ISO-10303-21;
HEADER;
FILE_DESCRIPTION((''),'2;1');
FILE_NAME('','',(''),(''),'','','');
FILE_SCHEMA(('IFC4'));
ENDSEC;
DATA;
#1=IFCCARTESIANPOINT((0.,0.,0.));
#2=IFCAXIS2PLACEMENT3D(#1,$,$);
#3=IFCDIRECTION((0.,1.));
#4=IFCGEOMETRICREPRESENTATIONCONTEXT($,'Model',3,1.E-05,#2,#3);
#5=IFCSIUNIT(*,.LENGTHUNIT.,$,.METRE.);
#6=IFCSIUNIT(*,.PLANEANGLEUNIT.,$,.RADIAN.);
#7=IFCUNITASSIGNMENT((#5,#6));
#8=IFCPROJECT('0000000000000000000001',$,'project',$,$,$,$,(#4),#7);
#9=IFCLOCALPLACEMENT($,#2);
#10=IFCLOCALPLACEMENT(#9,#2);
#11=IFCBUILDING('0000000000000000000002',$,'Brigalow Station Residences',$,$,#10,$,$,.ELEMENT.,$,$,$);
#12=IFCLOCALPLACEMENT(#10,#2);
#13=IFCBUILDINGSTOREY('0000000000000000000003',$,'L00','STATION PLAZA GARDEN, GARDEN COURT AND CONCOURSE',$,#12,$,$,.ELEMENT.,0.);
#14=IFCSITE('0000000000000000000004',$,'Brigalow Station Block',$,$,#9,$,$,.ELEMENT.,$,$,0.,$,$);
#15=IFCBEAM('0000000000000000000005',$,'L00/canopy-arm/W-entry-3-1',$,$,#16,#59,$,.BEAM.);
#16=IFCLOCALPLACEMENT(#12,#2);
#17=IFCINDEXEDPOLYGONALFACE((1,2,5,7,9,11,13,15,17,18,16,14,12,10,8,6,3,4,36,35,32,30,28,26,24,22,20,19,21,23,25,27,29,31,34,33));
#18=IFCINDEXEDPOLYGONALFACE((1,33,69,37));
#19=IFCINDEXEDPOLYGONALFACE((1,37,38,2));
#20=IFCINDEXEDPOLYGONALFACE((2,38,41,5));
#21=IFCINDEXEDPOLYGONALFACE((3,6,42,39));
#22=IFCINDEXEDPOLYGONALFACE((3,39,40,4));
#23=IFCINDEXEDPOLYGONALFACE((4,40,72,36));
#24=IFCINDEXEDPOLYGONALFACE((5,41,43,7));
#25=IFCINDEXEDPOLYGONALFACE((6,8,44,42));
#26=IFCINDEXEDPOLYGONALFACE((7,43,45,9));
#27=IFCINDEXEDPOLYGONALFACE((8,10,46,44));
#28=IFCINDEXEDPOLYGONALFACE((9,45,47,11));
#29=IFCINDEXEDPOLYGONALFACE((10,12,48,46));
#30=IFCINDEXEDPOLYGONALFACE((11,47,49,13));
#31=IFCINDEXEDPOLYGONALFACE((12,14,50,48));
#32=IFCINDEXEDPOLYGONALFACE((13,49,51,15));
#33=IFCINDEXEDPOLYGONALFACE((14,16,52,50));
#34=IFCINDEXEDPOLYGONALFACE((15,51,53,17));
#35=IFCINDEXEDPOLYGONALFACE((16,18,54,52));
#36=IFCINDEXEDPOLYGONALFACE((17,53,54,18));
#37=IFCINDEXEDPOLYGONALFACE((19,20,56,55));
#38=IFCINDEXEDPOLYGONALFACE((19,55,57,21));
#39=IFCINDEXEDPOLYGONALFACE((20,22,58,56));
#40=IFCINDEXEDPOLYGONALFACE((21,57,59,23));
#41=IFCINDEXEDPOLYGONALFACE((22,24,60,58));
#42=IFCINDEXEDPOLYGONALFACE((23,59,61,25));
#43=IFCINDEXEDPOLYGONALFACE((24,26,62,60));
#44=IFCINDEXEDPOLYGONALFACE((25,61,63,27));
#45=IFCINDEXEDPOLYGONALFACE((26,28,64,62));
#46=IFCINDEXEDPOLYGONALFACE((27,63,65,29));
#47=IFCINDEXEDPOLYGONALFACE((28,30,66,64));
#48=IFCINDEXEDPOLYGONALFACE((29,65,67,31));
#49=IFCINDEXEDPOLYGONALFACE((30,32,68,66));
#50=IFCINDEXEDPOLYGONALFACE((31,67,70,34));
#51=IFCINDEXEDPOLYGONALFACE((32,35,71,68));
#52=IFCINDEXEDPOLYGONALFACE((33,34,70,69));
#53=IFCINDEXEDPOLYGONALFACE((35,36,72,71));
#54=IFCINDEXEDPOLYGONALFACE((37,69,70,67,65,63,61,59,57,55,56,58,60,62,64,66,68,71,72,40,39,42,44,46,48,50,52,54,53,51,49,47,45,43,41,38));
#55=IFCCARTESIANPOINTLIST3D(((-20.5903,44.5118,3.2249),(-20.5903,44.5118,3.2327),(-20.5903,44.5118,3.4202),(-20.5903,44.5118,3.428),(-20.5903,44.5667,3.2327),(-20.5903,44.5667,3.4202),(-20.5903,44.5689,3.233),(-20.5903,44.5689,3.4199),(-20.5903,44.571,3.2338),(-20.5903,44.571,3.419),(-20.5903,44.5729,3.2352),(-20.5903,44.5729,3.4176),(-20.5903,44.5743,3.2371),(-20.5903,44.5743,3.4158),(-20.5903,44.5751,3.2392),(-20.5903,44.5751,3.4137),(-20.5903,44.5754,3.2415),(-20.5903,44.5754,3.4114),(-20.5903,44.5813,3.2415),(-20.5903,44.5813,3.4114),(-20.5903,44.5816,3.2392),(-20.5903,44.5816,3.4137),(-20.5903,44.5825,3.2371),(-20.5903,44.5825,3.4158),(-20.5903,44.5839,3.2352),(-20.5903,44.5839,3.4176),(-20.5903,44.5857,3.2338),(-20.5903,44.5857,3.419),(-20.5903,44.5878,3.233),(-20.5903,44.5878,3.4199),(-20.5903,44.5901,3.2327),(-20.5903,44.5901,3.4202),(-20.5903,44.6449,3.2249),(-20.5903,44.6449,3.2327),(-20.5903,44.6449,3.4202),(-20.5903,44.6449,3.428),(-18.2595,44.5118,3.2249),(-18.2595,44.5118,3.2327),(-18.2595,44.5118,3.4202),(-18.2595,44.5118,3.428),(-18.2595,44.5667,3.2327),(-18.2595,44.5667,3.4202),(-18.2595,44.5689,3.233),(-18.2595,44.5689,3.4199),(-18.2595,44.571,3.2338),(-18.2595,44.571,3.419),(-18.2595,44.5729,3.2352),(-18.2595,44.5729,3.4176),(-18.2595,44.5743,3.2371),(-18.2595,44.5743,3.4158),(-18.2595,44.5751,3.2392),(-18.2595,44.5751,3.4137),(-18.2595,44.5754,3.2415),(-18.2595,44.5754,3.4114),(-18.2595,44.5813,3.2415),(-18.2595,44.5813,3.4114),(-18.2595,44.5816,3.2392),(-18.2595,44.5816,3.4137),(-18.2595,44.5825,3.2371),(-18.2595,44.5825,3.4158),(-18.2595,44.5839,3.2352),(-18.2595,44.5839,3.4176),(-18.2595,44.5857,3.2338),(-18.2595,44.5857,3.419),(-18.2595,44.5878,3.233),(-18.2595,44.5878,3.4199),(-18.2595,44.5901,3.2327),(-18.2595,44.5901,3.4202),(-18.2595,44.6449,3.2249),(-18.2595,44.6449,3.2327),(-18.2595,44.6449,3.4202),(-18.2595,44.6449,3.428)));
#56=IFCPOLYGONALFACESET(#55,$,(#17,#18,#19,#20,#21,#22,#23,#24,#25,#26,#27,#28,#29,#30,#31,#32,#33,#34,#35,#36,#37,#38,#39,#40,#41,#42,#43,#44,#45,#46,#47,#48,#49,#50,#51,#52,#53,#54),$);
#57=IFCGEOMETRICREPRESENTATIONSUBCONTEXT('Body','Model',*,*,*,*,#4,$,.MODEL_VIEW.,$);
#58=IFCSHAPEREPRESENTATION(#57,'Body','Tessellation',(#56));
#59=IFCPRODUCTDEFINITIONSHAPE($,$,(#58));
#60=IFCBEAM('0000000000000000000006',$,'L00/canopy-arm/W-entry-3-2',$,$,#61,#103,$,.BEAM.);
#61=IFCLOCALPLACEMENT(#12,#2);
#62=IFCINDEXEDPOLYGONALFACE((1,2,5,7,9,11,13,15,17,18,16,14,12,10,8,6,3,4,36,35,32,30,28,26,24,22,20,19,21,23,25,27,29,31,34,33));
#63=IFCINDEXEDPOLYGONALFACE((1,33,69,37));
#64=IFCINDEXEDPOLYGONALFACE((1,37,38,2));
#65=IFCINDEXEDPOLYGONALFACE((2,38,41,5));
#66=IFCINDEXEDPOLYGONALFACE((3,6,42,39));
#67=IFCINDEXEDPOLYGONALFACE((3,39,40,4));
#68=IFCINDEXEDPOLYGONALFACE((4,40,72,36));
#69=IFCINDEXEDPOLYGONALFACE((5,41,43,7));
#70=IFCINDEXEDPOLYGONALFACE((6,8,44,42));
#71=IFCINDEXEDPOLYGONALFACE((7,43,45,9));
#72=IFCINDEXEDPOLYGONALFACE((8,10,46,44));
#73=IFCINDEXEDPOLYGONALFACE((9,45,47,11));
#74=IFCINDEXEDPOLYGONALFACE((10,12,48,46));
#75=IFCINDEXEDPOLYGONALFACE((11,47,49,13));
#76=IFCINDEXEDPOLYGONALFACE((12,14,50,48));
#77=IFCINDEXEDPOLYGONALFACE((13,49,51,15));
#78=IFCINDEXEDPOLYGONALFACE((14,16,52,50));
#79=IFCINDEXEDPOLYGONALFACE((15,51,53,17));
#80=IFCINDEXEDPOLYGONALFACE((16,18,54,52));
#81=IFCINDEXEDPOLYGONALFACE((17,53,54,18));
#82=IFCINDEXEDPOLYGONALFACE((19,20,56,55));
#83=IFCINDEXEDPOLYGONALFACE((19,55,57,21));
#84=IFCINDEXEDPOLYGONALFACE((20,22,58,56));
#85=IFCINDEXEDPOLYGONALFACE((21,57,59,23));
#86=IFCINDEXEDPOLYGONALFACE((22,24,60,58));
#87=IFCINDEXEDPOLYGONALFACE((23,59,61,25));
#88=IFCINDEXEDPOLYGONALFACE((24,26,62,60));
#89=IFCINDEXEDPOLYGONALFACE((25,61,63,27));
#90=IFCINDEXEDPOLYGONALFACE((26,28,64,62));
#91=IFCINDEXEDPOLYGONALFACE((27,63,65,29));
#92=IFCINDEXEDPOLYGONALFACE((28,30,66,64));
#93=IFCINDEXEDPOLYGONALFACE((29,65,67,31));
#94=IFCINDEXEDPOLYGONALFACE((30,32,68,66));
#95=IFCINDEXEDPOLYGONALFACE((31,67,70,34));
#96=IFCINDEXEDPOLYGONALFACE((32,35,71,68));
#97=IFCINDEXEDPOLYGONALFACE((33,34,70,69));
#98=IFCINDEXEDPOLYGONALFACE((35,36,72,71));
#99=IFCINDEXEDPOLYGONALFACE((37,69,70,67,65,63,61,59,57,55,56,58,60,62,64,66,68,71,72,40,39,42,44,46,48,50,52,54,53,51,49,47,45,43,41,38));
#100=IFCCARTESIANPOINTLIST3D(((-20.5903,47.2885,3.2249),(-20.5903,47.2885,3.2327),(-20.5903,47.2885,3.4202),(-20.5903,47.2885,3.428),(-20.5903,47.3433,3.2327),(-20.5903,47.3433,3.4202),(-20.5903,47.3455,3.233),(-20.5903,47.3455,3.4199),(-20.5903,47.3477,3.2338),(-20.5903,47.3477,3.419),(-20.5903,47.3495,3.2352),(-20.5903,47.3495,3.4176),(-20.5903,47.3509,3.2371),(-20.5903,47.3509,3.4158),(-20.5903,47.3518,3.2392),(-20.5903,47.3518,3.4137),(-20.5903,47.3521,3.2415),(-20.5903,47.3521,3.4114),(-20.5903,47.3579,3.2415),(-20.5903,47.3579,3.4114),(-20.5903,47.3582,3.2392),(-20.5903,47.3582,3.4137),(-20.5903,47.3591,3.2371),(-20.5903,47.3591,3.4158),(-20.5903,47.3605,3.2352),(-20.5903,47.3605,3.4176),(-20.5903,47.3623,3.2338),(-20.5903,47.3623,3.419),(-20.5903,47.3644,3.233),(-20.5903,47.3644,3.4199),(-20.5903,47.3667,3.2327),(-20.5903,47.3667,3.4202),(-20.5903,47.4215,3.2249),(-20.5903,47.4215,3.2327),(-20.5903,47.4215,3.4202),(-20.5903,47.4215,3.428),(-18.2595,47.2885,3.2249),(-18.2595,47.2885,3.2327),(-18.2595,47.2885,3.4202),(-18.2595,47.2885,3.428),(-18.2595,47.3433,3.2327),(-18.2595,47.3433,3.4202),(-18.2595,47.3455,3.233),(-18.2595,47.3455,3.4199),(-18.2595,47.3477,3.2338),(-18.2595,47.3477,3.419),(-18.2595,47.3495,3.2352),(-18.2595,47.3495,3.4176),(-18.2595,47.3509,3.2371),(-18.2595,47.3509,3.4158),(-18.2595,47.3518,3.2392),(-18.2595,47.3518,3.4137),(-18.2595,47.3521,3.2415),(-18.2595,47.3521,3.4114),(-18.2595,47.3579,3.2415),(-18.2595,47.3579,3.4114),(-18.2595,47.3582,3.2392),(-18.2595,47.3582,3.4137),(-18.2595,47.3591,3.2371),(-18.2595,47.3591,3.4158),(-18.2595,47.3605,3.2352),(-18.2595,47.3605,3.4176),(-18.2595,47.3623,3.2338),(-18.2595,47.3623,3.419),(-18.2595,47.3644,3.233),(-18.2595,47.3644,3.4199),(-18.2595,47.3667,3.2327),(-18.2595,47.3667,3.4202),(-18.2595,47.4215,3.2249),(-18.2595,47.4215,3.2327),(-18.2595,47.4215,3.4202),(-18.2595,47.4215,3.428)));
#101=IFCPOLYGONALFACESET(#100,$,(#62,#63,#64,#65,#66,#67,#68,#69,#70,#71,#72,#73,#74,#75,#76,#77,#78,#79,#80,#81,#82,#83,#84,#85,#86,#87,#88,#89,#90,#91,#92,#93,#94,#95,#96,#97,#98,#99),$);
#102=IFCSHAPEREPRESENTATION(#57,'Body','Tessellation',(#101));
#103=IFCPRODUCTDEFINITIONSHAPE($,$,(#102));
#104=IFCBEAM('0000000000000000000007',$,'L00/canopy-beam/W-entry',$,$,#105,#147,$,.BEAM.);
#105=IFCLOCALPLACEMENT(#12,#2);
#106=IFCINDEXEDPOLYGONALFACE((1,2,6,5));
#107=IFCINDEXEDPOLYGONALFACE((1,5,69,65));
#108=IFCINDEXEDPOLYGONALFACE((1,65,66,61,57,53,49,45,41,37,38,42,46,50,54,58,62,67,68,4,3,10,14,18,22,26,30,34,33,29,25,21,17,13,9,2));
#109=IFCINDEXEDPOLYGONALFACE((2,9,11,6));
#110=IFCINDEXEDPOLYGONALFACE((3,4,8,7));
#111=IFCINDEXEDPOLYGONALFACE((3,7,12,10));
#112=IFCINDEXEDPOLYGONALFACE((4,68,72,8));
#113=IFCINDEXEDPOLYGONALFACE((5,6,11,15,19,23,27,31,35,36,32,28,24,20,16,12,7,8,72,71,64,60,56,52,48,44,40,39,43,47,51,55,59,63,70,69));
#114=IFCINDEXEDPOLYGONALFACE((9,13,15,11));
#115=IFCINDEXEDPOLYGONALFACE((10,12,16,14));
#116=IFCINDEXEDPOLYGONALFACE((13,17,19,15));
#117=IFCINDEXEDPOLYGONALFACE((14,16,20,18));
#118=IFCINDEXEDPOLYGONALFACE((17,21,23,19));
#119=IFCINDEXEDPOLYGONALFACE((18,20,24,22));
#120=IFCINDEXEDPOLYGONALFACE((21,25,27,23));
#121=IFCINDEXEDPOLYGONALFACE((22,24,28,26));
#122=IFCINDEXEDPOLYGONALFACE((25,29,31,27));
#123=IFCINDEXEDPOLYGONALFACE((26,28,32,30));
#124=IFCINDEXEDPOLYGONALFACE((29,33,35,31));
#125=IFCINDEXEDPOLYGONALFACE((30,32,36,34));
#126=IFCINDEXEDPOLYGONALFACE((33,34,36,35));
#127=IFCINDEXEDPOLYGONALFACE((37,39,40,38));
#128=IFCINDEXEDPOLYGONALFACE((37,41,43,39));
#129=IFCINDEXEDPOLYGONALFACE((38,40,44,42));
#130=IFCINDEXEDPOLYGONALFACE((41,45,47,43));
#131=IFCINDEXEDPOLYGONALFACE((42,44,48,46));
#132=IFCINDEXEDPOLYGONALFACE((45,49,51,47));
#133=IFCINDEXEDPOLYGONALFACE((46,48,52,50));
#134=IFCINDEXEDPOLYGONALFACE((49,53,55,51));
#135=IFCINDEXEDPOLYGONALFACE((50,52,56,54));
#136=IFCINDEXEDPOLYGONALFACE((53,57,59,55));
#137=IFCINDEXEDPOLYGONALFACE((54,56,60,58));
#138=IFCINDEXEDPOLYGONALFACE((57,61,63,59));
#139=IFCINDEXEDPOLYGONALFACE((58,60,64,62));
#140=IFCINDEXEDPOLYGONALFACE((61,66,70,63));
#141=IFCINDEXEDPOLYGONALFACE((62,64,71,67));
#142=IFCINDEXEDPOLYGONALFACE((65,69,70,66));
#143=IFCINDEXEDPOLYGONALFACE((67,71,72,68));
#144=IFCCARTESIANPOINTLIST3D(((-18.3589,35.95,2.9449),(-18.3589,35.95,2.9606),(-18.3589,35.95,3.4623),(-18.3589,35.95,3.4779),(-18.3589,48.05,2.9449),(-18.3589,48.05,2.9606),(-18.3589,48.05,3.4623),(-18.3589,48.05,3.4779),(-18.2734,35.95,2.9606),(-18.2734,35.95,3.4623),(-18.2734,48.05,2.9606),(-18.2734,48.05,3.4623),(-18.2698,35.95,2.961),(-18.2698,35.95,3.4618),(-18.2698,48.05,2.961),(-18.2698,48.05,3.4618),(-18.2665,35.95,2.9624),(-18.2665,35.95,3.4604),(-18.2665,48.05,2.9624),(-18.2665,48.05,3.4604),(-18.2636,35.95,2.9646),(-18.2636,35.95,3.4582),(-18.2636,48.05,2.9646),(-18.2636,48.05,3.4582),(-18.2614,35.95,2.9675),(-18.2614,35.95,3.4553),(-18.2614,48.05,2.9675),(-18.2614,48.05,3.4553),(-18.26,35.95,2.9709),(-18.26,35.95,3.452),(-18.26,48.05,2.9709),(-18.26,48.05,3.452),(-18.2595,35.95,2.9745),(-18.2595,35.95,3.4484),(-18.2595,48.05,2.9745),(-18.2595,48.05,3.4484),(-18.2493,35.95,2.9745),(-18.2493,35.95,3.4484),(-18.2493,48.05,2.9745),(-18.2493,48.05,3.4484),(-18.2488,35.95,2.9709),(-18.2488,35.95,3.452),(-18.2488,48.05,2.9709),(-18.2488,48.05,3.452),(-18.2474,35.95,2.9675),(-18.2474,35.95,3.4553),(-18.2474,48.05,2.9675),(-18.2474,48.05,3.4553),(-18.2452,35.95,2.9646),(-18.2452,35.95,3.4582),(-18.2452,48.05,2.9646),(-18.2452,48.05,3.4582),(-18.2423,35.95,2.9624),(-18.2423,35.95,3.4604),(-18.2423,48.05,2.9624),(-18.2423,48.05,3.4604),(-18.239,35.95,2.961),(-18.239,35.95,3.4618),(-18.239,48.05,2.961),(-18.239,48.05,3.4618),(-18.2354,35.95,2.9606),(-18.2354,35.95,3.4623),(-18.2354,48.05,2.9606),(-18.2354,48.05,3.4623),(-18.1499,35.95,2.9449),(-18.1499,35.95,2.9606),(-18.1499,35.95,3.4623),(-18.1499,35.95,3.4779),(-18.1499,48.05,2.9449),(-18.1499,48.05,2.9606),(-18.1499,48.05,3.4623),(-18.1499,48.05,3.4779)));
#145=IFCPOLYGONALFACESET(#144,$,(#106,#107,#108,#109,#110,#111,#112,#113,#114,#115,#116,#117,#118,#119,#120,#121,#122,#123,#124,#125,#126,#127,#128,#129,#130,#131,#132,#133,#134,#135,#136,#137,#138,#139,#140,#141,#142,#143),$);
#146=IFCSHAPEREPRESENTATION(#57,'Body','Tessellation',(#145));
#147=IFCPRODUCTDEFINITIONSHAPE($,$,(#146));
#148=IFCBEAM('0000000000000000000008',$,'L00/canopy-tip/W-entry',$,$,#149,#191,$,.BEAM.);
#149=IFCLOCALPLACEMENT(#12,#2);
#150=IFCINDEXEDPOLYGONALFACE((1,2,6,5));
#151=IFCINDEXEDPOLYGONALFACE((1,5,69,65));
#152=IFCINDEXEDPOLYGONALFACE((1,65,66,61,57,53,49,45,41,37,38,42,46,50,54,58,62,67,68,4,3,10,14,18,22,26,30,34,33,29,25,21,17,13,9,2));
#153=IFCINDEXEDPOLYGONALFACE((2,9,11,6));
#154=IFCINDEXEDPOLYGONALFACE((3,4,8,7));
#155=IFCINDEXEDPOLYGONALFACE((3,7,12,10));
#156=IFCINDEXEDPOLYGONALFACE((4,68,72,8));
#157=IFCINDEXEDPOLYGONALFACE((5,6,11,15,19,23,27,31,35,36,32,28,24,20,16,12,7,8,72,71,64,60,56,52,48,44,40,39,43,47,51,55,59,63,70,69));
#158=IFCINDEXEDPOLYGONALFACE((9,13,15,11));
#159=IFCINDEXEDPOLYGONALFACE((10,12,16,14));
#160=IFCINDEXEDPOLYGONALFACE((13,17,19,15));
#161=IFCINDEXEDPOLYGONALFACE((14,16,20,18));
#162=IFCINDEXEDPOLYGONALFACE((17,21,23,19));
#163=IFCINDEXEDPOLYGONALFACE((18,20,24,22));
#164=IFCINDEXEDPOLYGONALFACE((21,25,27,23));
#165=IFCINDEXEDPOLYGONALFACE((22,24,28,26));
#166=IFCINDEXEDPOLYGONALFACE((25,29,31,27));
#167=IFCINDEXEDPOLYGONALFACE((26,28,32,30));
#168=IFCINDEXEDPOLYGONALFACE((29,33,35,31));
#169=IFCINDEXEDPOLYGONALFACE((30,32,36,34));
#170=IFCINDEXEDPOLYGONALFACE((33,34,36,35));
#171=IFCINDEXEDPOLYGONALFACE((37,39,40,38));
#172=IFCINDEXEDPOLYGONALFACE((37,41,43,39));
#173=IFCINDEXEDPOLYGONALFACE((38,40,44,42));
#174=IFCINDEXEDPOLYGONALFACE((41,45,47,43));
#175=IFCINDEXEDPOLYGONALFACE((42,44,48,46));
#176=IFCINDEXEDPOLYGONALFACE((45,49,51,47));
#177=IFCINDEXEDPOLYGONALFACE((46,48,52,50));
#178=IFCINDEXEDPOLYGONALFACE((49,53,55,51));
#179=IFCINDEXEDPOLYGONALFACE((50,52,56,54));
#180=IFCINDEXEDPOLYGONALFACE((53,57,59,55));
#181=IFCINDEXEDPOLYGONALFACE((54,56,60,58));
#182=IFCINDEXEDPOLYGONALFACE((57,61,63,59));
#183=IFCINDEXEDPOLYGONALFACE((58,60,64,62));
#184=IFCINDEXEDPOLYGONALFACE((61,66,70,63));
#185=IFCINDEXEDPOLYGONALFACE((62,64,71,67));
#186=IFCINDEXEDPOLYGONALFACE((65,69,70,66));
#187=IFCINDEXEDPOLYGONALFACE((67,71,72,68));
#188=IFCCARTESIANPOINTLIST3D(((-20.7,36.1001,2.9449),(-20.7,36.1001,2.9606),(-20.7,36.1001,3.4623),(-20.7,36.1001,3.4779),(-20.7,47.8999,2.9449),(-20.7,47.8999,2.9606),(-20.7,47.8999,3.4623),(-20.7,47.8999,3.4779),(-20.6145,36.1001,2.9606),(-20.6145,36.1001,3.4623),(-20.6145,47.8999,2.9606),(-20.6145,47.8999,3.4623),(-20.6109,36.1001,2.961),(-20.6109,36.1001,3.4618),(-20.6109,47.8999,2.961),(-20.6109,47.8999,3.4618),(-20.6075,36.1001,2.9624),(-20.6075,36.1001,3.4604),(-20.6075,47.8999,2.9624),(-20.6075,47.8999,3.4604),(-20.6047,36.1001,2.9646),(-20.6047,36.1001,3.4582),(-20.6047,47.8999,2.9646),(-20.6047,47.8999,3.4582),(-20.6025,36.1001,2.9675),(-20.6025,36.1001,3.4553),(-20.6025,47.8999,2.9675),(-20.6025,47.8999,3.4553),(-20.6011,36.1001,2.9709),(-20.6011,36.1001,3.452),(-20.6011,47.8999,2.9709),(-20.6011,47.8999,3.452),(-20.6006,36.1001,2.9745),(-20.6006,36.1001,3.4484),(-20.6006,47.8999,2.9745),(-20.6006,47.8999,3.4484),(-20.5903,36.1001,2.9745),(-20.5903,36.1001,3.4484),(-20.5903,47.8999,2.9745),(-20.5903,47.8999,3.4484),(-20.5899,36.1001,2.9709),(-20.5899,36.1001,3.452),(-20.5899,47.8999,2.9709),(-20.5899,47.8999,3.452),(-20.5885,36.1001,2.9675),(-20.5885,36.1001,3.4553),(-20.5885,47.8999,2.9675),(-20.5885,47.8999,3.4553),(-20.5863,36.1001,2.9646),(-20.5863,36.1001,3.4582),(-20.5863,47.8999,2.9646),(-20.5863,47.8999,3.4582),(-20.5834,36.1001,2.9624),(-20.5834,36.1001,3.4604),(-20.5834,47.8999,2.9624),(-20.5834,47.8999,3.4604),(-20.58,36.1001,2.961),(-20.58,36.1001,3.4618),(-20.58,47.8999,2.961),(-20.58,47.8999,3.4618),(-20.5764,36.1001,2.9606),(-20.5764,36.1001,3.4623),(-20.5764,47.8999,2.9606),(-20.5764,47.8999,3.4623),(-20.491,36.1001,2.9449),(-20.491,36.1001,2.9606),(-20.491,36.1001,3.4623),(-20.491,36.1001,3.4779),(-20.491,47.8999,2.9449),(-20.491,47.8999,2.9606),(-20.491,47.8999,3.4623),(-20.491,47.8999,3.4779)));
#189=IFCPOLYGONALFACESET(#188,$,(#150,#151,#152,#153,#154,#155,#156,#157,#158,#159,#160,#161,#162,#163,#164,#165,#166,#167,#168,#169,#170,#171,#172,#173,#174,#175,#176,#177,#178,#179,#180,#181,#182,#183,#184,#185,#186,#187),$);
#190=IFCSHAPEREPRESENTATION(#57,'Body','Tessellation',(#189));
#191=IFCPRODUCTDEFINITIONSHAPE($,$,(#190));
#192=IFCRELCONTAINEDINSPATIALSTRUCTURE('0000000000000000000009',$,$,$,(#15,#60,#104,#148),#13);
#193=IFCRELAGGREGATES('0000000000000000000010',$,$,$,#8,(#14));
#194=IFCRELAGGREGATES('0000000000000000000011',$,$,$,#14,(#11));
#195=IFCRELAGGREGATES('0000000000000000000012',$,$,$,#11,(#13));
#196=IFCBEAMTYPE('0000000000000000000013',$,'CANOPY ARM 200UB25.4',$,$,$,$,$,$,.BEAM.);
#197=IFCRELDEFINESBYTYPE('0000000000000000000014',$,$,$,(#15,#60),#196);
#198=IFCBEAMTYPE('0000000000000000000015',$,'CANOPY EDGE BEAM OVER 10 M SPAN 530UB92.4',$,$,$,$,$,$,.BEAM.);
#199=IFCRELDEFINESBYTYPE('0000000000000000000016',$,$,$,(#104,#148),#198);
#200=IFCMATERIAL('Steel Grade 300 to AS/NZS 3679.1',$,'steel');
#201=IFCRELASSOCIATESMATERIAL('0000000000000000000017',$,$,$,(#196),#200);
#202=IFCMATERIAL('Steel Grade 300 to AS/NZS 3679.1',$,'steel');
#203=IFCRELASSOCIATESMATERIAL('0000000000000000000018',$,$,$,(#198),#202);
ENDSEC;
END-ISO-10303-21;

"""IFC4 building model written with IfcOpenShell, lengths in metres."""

from ifc_helpers import new_model, si_unit, direction, frame, origin, origin_2d, place, context, subcontext, project, spatial, i_section, extrude, material, material_profile, profile_set, type_object, element, save


model = new_model("IFC4")

# Units and contexts
model_context = context("Model", 3, precision=1e-05, world=origin(), true_north=direction((0.0, 1.0)))
body_context = subcontext(model_context, "Body", "Model", "MODEL_VIEW")
ifc_project = project(units=[si_unit("LENGTHUNIT", "METRE"), si_unit("PLANEANGLEUNIT", "RADIAN")], contexts=[model_context])

# Site, building, storey
site_placement = place(None, origin())
site = spatial("IfcSite", under=ifc_project, at=site_placement, Name="Brigalow Station Block", CompositionType="ELEMENT", RefElevation=0.0)
building_placement = place(site_placement, origin())
building = spatial("IfcBuilding", under=site, at=building_placement, Name="Brigalow Station Residences", CompositionType="ELEMENT")
storey_placement = place(building_placement, origin())
storey = spatial("IfcBuildingStorey", under=building, at=storey_placement, Name="L00", Description="STATION PLAZA GARDEN, GARDEN COURT AND CONCOURSE", CompositionType="ELEMENT", Elevation=0.0)

# Beams
ifc_material_1 = material(Name="Steel Grade 300 to AS/NZS 3679.1", Category="steel")
ifc_material_profile_1 = material_profile(ifc_material_1, i_section(OverallWidth=0.1331, OverallDepth=0.2031, WebThickness=0.0059, FlangeThickness=0.0078, FilletRadius=0.0088, at=origin_2d()), Name="200UB25.4")
ifc_profile_set_1 = profile_set([ifc_material_profile_1], Name="Steel Grade 300 to AS/NZS 3679.1")
beam_type_1 = type_object("IfcBeamType", Name="CANOPY ARM 200UB25.4", PredefinedType="BEAM", material=ifc_profile_set_1)
for number, where, z_axis, x_axis, name in (
    (1, (-18.2595, 44.5784, 3.3264), (-1.0, 0.0, 0.0), (0.0, -1.0, 0.0), "L00/canopy-arm/W-entry-3-1"),
    (2, (-18.2595, 47.355, 3.3264), (-1.0, 0.0, 0.0), (0.0, -1.0, 0.0), "L00/canopy-arm/W-entry-3-2"),
):
    element("IfcBeam", number, at=place(storey_placement, frame(where, z_axis=z_axis, x_axis=x_axis)), inside=storey, type_object=beam_type_1, Name=name, PredefinedType="BEAM", context=body_context, shape_type="SweptSolid", body=[
        extrude(i_section(OverallWidth=0.1331, OverallDepth=0.2031, WebThickness=0.0059, FlangeThickness=0.0078, FilletRadius=0.0088, at=origin_2d()), origin(), (0.0, 0.0, 1.0), 2.3308),
    ])
ifc_material_2 = material(Name="Steel Grade 300 to AS/NZS 3679.1", Category="steel")
ifc_material_profile_2 = material_profile(ifc_material_2, i_section(OverallWidth=0.209, OverallDepth=0.533, WebThickness=0.0103, FlangeThickness=0.0156, FilletRadius=0.0139, at=origin_2d()), Name="530UB92.4")
ifc_profile_set_2 = profile_set([ifc_material_profile_2], Name="Steel Grade 300 to AS/NZS 3679.1")
beam_type_2 = type_object("IfcBeamType", Name="CANOPY EDGE BEAM OVER 10 M SPAN 530UB92.4", PredefinedType="BEAM", material=ifc_profile_set_2)
beam_1_placement = place(storey_placement, frame((-18.2544, 35.95, 3.2114), z_axis=(0.0, 1.0, 0.0), x_axis=(-1.0, 0.0, 0.0)))
element("IfcBeam", 3, at=beam_1_placement, inside=storey, type_object=beam_type_2, Name="L00/canopy-beam/W-entry", PredefinedType="BEAM", context=body_context, shape_type="SweptSolid", body=[
    extrude(i_section(OverallWidth=0.209, OverallDepth=0.533, WebThickness=0.0103, FlangeThickness=0.0156, FilletRadius=0.0139, at=origin_2d()), origin(), (0.0, 0.0, 1.0), 12.1001),
])
beam_2_placement = place(storey_placement, frame((-20.5955, 36.1001, 3.2114), z_axis=(0.0, 1.0, 0.0), x_axis=(-1.0, 0.0, 0.0)))
element("IfcBeam", 4, at=beam_2_placement, inside=storey, type_object=beam_type_2, Name="L00/canopy-tip/W-entry", PredefinedType="BEAM", context=body_context, shape_type="SweptSolid", body=[
    extrude(i_section(OverallWidth=0.209, OverallDepth=0.533, WebThickness=0.0103, FlangeThickness=0.0156, FilletRadius=0.0139, at=origin_2d()), origin(), (0.0, 0.0, 1.0), 11.7998),
])

save(model, "model.ifc")
